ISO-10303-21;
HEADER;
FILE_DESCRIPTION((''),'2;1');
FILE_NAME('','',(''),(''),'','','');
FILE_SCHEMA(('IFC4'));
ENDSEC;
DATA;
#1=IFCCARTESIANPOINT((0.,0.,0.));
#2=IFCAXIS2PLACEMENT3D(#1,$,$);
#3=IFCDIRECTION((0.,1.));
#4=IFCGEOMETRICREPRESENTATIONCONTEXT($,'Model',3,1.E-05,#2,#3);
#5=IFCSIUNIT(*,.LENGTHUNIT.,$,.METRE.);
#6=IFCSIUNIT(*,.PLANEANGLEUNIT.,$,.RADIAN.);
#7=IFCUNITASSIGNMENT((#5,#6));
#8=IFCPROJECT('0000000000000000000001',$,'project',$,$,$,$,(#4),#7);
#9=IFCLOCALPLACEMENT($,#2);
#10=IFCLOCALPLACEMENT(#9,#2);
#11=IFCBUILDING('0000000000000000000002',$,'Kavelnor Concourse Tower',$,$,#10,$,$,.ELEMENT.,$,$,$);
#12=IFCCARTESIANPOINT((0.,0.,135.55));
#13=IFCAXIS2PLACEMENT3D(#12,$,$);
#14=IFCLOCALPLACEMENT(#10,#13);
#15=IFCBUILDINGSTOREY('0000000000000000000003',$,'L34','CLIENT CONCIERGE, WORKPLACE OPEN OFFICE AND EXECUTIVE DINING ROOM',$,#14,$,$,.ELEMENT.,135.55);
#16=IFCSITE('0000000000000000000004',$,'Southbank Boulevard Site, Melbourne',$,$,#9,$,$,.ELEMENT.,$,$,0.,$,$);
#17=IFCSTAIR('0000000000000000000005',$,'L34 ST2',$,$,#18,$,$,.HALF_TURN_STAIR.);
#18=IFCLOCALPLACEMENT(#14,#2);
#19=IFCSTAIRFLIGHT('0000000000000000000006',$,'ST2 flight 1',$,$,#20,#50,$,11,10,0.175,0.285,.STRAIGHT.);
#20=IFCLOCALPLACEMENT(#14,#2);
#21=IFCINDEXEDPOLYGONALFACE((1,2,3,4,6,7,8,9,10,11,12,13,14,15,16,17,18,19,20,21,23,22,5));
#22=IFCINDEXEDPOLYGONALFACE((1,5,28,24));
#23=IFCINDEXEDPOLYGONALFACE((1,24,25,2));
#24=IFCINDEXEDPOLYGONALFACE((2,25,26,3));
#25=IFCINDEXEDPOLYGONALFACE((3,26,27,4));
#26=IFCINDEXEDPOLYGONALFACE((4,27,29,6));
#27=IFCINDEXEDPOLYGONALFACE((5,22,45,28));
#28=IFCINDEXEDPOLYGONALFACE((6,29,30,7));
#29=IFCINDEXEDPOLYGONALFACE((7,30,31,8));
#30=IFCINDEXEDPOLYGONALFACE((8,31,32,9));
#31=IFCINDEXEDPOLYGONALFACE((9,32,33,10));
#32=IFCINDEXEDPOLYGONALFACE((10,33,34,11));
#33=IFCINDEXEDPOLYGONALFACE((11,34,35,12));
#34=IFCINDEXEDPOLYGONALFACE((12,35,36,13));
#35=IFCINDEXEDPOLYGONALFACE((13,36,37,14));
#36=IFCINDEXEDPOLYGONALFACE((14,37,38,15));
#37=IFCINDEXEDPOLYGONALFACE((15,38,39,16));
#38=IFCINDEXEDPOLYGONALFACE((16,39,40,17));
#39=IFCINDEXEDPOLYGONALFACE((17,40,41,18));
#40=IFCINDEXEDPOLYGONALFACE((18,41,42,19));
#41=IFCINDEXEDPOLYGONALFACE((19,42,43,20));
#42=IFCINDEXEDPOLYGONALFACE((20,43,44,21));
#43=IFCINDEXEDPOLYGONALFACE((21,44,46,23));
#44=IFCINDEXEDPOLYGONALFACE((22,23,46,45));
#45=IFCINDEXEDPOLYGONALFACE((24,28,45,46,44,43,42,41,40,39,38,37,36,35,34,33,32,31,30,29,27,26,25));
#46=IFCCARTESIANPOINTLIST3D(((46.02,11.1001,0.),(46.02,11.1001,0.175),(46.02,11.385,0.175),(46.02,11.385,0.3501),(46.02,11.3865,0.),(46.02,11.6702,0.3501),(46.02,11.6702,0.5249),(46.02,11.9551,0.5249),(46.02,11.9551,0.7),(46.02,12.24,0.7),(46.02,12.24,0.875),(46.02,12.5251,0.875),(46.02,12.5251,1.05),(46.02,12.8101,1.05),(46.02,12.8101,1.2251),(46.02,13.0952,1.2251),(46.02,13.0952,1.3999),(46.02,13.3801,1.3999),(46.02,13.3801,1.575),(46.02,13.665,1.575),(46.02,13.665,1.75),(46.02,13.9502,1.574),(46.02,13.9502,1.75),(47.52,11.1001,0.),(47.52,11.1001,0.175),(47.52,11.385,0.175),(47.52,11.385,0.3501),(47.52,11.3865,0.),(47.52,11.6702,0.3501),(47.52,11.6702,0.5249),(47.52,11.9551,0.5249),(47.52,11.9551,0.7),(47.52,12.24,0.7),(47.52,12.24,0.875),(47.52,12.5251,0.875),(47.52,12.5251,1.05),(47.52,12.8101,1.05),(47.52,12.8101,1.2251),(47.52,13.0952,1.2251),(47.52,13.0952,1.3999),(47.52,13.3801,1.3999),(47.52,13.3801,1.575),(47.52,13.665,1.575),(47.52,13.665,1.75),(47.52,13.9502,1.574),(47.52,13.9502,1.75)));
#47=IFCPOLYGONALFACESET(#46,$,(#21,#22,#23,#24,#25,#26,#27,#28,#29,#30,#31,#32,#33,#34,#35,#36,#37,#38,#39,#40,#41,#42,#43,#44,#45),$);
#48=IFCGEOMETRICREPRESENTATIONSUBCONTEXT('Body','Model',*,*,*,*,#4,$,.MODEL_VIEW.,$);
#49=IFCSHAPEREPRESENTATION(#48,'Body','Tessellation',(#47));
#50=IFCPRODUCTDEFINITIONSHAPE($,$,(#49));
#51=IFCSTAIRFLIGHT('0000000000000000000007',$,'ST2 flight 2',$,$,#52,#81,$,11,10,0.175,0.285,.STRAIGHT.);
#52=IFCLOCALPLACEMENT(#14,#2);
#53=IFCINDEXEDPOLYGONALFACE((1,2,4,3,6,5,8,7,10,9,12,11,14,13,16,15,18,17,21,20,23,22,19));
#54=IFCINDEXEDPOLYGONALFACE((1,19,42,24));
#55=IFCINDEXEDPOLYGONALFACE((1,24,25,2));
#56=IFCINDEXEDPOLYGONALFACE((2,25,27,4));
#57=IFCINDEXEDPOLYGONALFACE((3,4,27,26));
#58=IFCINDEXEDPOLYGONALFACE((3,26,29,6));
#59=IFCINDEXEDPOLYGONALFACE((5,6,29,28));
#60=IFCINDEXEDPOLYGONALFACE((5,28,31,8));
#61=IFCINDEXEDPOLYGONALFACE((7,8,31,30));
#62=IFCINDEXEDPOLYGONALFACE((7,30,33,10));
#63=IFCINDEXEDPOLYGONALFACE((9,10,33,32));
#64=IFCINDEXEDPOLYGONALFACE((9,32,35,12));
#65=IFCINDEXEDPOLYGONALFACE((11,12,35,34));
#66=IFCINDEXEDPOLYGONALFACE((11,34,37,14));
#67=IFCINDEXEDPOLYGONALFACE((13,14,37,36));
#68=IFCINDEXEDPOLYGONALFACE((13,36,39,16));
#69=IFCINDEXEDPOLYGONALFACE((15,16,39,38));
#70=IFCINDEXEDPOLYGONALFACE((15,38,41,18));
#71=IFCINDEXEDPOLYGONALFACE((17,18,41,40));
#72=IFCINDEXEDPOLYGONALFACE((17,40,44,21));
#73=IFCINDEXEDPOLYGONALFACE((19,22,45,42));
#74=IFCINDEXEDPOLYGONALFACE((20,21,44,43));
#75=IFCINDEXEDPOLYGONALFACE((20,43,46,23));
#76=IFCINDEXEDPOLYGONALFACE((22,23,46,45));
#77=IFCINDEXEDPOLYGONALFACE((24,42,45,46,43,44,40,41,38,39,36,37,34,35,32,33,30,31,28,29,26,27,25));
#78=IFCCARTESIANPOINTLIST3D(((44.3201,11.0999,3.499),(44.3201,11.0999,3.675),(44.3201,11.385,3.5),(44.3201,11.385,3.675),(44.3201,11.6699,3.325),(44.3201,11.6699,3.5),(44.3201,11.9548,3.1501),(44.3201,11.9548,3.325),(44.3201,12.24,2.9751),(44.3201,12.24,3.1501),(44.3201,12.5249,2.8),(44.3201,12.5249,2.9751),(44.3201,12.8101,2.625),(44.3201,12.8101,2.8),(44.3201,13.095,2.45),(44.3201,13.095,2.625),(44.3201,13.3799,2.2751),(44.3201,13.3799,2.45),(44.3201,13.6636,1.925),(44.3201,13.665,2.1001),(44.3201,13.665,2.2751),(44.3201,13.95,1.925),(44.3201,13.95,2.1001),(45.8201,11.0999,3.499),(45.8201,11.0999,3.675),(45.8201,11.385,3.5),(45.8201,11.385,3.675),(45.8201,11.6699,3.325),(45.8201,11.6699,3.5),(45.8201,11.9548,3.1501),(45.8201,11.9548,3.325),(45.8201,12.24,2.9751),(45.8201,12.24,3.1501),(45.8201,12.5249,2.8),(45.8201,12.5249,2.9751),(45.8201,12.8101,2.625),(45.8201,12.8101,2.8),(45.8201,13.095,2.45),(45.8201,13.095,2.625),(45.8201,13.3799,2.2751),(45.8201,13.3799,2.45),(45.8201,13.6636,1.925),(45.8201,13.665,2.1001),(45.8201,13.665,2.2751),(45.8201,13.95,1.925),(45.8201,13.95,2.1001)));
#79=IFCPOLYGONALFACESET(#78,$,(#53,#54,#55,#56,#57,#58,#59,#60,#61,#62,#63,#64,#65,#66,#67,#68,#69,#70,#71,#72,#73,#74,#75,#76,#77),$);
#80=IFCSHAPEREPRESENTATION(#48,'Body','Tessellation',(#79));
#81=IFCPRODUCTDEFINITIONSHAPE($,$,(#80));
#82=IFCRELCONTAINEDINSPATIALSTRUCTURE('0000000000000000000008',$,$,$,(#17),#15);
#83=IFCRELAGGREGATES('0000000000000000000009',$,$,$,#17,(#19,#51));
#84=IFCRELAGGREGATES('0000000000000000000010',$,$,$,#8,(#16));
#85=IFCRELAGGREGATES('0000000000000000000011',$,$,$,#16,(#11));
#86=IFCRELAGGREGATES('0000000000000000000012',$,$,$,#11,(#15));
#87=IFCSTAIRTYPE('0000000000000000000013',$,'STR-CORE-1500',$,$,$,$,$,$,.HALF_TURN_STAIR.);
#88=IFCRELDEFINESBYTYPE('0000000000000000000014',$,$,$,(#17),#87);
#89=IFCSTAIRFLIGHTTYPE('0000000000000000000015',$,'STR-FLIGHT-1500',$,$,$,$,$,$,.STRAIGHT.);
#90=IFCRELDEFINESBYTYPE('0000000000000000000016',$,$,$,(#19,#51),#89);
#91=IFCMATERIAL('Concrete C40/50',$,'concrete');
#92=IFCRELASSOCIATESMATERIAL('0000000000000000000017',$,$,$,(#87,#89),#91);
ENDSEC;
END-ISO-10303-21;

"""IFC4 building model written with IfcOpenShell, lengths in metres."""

from ifc_helpers import new_model, si_unit, direction, frame, origin, place, context, subcontext, project, spatial, polyline, outline, extrude, material, type_object, element, aggregate, save


model = new_model("IFC4")

# Units and contexts
model_context = context("Model", 3, precision=1e-05, world=origin(), true_north=direction((0.0, 1.0)))
body_context = subcontext(model_context, "Body", "Model", "MODEL_VIEW")
ifc_project = project(units=[si_unit("LENGTHUNIT", "METRE"), si_unit("PLANEANGLEUNIT", "RADIAN")], contexts=[model_context])

# Site, building, storey
site_placement = place(None, origin())
site = spatial("IfcSite", under=ifc_project, at=site_placement, Name="Southbank Boulevard Site, Melbourne", CompositionType="ELEMENT", RefElevation=0.0)
building_placement = place(site_placement, origin())
building = spatial("IfcBuilding", under=site, at=building_placement, Name="Kavelnor Concourse Tower", CompositionType="ELEMENT")
storey_placement = place(building_placement, frame((0.0, 0.0, 135.55)))
storey = spatial("IfcBuildingStorey", under=building, at=storey_placement, Name="L34", Description="CLIENT CONCIERGE, WORKPLACE OPEN OFFICE AND EXECUTIVE DINING ROOM", CompositionType="ELEMENT", Elevation=135.55)

# Stair, stair flights
ifc_material_1 = material(Name="Concrete C40/50", Category="concrete")
stair_type = type_object("IfcStairType", Name="STR-CORE-1500", PredefinedType="HALF_TURN_STAIR", material=ifc_material_1)
stair_placement = place(storey_placement, origin())
stair = element("IfcStair", 1, at=stair_placement, inside=storey, type_object=stair_type, Name="L34 ST2", PredefinedType="HALF_TURN_STAIR")
stair_flight_type = type_object("IfcStairFlightType", Name="STR-FLIGHT-1500", PredefinedType="STRAIGHT", material=ifc_material_1)
stair_flight_1_placement = place(storey_placement, frame((46.77, 11.1001, 0.0), z_axis=(0.0, 0.0, 1.0), x_axis=(0.0, 1.0, 0.0)))
stair_flight_1 = element("IfcStairFlight", 2, at=stair_flight_1_placement, type_object=stair_flight_type, Name="ST2 flight 1", NumberOfRisers=11, NumberOfTreads=10, PredefinedType="STRAIGHT", RiserHeight=0.175, TreadLength=0.285, context=body_context, shape_type="SweptSolid", body=[
    extrude(outline(polyline([(0.0, 0.0), (0.0, 0.175), (0.2849, 0.175), (0.2849, 0.3501), (0.5701, 0.3501), (0.5701, 0.5249), (0.855, 0.5249), (0.855, 0.7), (1.1399, 0.7), (1.1399, 0.875), (1.425, 0.875), (1.425, 1.05), (1.71, 1.05), (1.71, 1.2251), (1.9951, 1.2251), (1.9951, 1.3999), (2.28, 1.3999), (2.28, 1.575), (2.5649, 1.575), (2.5649, 1.75), (2.8501, 1.75), (2.8501, 1.925), (2.8501, 1.574), (0.2864, 0.0), (0.0, 0.0)])), frame((0.0, 0.75, 0.0), z_axis=(0.0, -1.0, 0.0), x_axis=(1.0, 0.0, 0.0)), (0.0, 0.0, 1.0), 1.5),
])
stair_flight_2_placement = place(storey_placement, frame((45.0701, 13.95, 1.925), z_axis=(0.0, 0.0, 1.0), x_axis=(0.0, -1.0, 0.0)))
stair_flight_2 = element("IfcStairFlight", 3, at=stair_flight_2_placement, type_object=stair_flight_type, Name="ST2 flight 2", NumberOfRisers=11, NumberOfTreads=10, PredefinedType="STRAIGHT", RiserHeight=0.175, TreadLength=0.285, context=body_context, shape_type="SweptSolid", body=[
    extrude(outline(polyline([(0.0, 0.0), (0.0, 0.175), (0.2849, 0.175), (0.2849, 0.3501), (0.5701, 0.3501), (0.5701, 0.5249), (0.855, 0.5249), (0.855, 0.7), (1.1399, 0.7), (1.1399, 0.875), (1.425, 0.875), (1.425, 1.05), (1.71, 1.05), (1.71, 1.2251), (1.9951, 1.2251), (1.9951, 1.3999), (2.28, 1.3999), (2.28, 1.575), (2.5649, 1.575), (2.5649, 1.75), (2.8501, 1.75), (2.8501, 1.925), (2.8501, 1.574), (0.2864, 0.0), (0.0, 0.0)])), frame((0.0, 0.75, 0.0), z_axis=(0.0, -1.0, 0.0), x_axis=(1.0, 0.0, 0.0)), (0.0, 0.0, 1.0), 1.5),
])
aggregate(stair, [stair_flight_1, stair_flight_2])

save(model, "model.ifc")
